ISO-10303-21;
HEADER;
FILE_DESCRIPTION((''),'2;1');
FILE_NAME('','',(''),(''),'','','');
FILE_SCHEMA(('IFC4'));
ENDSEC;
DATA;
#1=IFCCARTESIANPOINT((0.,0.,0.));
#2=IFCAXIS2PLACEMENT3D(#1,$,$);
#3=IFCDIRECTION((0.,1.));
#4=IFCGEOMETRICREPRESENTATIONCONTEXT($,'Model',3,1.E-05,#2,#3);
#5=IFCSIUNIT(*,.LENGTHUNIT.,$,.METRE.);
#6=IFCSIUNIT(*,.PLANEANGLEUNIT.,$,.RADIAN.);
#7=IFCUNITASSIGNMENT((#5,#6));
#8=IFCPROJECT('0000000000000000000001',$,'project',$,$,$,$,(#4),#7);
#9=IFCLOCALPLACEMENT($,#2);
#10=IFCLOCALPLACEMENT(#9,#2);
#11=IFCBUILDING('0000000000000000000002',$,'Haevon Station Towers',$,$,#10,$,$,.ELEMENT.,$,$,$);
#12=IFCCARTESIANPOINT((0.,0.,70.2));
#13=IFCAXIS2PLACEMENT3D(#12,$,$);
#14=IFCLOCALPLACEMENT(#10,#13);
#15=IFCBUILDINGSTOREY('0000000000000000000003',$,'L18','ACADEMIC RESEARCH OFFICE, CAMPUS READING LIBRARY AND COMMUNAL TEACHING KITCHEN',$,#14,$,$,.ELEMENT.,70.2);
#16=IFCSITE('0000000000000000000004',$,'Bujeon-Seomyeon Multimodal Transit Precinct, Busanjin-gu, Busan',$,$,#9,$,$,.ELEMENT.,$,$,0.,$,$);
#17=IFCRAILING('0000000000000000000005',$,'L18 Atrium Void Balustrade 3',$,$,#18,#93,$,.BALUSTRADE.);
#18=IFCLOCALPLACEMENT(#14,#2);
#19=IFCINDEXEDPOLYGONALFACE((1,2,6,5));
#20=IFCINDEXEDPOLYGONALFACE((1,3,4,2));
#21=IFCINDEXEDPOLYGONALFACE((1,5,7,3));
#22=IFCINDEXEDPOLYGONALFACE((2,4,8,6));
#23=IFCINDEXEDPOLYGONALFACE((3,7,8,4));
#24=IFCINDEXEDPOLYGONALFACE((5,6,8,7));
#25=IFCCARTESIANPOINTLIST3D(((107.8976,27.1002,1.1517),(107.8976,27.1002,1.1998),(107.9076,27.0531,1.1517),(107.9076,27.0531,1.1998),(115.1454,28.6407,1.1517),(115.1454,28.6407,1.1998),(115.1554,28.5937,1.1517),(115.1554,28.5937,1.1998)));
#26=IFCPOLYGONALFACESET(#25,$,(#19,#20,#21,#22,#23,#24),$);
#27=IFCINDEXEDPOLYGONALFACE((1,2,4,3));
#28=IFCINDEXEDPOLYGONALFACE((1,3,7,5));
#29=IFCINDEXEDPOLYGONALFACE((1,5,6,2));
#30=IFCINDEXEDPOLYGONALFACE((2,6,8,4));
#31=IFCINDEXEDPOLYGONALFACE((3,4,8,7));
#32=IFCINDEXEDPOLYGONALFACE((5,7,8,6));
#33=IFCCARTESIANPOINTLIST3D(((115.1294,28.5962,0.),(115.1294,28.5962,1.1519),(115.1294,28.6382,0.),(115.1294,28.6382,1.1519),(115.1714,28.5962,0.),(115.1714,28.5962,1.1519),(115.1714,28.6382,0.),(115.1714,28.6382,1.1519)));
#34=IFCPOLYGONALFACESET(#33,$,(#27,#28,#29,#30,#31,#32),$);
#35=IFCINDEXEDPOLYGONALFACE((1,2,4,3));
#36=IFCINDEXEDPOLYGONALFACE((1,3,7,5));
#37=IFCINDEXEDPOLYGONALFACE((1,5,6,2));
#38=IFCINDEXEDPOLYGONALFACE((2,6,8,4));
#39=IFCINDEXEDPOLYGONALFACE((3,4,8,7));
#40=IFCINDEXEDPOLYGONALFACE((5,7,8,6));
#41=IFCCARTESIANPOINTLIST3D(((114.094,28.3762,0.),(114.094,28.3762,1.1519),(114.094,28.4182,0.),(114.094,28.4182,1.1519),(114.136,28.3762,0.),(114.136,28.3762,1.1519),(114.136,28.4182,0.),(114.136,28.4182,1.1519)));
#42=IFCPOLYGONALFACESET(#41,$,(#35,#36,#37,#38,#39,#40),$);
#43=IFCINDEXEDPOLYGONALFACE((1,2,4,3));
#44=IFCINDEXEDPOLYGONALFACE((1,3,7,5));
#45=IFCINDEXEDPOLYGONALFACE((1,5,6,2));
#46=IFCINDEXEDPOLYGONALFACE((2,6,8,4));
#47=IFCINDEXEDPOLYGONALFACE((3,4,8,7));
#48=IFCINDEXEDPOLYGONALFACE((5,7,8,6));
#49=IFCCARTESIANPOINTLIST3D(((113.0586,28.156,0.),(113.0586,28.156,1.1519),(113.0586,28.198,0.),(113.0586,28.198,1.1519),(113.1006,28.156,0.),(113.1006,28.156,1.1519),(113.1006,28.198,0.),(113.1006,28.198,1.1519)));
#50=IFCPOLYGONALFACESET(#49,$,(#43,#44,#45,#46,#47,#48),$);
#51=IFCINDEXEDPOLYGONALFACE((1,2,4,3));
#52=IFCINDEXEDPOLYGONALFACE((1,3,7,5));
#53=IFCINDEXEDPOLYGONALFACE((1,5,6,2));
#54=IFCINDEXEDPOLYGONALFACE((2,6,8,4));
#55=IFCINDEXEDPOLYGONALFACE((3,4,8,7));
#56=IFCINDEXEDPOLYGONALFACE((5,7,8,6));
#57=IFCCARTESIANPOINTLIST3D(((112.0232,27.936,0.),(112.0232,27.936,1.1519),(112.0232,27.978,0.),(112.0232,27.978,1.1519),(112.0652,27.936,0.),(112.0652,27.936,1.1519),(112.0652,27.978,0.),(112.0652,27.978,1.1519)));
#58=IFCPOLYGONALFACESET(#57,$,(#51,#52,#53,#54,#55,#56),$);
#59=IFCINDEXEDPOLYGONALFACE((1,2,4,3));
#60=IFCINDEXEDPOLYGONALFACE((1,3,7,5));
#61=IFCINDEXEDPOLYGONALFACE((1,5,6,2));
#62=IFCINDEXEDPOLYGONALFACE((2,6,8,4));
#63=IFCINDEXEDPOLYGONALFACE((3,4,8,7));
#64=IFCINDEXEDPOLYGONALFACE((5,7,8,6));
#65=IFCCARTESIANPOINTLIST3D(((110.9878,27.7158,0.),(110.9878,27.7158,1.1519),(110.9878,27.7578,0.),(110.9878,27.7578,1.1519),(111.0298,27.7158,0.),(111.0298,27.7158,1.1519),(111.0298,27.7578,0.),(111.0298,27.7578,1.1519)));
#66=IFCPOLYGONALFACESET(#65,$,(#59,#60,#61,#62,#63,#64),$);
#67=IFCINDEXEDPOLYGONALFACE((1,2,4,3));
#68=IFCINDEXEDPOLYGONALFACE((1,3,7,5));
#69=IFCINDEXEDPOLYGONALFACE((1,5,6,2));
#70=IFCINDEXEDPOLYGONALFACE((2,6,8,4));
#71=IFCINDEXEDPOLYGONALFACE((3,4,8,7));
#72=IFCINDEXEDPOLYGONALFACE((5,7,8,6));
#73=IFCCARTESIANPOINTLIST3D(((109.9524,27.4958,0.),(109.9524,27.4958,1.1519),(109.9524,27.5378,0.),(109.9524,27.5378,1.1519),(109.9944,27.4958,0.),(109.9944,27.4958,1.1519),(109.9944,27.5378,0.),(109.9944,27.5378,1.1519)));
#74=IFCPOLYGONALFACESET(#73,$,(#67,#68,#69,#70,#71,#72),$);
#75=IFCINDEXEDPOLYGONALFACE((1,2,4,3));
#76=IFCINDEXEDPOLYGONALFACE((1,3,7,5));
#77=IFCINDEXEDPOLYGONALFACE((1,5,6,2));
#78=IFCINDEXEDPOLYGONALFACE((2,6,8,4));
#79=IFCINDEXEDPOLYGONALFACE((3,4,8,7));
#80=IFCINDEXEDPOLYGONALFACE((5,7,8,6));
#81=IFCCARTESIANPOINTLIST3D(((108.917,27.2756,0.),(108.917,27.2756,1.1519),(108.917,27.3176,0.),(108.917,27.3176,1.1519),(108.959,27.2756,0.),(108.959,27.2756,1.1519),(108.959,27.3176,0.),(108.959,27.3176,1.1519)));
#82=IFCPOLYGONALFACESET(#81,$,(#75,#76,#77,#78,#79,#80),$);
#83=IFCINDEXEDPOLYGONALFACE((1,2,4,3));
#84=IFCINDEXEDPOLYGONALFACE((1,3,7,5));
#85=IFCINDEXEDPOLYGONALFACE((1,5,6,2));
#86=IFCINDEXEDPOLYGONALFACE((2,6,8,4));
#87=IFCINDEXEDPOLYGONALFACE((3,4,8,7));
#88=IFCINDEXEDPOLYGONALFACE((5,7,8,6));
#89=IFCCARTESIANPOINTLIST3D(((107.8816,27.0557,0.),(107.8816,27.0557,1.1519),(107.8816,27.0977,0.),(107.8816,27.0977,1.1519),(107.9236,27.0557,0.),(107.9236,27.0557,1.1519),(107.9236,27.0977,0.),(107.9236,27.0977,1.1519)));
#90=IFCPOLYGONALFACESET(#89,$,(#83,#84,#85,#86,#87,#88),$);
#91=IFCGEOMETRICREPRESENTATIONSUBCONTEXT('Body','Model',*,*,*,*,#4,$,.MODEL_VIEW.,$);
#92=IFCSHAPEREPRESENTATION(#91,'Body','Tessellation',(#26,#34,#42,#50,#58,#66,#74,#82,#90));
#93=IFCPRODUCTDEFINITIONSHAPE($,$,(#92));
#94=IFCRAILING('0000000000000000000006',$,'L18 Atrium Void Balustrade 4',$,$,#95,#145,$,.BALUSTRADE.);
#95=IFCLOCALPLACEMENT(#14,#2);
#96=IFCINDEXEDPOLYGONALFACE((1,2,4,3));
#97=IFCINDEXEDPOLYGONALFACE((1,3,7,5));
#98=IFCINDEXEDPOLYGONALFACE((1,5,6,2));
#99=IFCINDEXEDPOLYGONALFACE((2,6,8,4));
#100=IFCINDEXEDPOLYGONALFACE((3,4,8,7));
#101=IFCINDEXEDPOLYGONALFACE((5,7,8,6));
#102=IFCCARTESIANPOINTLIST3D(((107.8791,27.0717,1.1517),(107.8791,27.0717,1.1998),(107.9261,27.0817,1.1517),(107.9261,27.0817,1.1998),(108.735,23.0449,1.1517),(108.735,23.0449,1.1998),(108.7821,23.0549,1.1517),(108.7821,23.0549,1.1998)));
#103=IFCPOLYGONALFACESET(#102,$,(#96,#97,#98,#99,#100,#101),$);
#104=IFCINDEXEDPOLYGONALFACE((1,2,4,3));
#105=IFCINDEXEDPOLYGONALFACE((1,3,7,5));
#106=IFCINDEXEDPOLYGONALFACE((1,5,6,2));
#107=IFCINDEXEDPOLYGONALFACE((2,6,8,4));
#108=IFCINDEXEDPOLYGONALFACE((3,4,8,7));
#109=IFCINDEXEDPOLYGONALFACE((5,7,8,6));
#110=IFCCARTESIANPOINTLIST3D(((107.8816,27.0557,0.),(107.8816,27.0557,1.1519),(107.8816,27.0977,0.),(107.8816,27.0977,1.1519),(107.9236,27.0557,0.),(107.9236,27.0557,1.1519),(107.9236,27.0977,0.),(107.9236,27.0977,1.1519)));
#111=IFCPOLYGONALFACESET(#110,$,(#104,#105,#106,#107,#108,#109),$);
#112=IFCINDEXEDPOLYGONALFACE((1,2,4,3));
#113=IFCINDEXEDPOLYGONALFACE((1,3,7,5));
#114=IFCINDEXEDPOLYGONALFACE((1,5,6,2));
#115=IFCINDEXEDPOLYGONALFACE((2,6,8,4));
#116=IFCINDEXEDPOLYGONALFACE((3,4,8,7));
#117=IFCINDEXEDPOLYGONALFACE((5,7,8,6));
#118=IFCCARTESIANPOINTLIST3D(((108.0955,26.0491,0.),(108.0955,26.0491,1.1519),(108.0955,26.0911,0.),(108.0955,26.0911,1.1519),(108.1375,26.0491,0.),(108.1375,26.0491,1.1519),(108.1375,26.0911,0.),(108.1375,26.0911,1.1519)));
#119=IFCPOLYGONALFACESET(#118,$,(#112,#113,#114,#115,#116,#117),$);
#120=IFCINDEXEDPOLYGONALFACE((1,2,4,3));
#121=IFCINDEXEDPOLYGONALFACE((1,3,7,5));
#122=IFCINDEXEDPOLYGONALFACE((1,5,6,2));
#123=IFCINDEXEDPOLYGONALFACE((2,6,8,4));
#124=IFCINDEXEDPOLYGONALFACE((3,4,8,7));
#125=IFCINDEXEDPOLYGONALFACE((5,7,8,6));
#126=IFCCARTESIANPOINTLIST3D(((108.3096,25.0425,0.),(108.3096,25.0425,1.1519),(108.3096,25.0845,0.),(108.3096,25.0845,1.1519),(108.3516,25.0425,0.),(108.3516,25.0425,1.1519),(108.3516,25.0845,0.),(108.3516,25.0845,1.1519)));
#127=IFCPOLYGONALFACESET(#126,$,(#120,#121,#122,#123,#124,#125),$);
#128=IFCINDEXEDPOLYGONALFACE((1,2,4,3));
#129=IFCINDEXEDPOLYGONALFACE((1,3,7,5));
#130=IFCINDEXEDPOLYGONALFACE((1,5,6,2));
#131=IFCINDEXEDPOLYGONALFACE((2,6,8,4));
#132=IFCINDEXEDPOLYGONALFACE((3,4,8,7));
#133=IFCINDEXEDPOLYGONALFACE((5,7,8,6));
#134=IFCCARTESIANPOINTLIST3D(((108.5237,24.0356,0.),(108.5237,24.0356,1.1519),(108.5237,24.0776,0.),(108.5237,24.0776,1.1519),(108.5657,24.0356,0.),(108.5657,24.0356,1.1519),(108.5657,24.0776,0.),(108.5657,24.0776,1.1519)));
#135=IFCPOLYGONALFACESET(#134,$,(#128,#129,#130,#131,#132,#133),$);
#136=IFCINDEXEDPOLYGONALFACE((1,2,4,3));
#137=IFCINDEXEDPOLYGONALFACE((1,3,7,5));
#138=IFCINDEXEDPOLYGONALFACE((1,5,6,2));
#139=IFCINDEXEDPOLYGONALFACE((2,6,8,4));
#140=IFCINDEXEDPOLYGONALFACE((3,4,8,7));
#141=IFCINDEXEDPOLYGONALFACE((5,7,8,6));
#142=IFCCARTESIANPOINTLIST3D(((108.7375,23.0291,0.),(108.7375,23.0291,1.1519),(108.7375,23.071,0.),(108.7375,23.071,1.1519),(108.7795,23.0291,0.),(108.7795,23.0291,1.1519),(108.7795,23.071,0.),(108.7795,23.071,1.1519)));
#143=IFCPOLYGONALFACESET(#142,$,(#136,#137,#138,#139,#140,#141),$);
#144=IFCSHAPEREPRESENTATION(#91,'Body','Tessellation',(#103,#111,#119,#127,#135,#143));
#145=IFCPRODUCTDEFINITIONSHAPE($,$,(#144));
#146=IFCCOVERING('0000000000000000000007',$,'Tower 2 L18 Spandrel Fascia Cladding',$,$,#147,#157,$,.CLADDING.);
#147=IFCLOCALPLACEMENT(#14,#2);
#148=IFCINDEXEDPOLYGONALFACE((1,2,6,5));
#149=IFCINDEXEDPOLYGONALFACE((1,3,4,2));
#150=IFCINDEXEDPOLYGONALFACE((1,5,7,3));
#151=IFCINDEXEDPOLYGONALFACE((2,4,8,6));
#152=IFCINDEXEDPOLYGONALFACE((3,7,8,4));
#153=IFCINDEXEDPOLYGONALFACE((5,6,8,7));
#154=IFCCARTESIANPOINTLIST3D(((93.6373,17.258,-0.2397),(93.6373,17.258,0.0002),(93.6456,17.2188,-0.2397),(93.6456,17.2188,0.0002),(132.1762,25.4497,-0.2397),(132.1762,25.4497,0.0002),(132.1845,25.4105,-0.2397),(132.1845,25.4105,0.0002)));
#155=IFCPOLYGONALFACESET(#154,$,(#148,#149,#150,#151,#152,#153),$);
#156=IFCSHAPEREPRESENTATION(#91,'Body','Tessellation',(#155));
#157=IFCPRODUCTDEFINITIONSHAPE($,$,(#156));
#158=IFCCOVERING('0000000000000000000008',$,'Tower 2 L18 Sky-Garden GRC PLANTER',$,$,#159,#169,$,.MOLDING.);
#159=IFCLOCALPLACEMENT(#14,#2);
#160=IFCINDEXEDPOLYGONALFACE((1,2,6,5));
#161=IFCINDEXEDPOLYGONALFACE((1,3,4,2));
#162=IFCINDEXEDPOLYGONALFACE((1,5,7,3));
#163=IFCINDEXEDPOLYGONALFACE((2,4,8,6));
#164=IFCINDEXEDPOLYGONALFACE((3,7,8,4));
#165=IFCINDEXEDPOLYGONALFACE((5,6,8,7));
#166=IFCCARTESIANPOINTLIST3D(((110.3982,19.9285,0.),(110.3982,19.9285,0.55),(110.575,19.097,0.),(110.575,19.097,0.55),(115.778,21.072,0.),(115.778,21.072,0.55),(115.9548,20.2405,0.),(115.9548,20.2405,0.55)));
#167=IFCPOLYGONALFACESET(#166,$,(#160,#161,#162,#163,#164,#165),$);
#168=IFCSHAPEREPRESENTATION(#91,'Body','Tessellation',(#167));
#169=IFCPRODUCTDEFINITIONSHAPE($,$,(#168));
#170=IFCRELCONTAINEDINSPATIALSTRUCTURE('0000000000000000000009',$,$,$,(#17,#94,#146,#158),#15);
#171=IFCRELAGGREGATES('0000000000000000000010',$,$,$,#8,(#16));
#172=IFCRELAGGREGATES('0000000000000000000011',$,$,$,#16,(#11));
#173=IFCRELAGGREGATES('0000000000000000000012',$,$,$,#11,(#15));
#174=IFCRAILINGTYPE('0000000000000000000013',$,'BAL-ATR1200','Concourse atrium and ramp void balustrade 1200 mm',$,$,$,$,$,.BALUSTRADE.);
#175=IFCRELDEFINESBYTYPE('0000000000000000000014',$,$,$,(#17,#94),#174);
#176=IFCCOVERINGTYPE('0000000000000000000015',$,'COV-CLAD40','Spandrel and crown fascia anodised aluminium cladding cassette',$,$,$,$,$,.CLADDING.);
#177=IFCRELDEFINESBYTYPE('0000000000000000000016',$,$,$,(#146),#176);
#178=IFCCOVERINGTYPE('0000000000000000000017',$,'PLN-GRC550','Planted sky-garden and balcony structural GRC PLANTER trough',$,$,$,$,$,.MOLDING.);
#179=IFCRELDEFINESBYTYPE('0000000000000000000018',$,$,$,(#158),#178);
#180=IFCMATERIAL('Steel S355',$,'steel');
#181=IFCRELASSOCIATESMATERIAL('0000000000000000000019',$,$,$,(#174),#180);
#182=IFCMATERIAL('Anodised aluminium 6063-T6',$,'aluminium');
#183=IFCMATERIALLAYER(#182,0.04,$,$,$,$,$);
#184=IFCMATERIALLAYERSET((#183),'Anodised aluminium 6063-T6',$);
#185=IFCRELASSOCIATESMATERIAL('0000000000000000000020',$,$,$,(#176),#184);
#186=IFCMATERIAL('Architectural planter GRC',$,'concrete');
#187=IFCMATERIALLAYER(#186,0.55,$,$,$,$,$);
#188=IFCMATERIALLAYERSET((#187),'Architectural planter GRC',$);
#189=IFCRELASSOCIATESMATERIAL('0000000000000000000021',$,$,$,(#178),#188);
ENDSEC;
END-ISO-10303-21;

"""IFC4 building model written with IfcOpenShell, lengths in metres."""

from ifc_helpers import new_model, si_unit, direction, frame, origin, origin_2d, place, context, subcontext, project, spatial, rectangle, extrude, material, layer, layer_set, type_object, element, save


model = new_model("IFC4")

# Units and contexts
model_context = context("Model", 3, precision=1e-05, world=origin(), true_north=direction((0.0, 1.0)))
body_context = subcontext(model_context, "Body", "Model", "MODEL_VIEW")
ifc_project = project(units=[si_unit("LENGTHUNIT", "METRE"), si_unit("PLANEANGLEUNIT", "RADIAN")], contexts=[model_context])

# Site, building, storey
site_placement = place(None, origin())
site = spatial("IfcSite", under=ifc_project, at=site_placement, Name="Bujeon-Seomyeon Multimodal Transit Precinct, Busanjin-gu, Busan", CompositionType="ELEMENT", RefElevation=0.0)
building_placement = place(site_placement, origin())
building = spatial("IfcBuilding", under=site, at=building_placement, Name="Haevon Station Towers", CompositionType="ELEMENT")
storey_placement = place(building_placement, frame((0.0, 0.0, 70.2)))
storey = spatial("IfcBuildingStorey", under=building, at=storey_placement, Name="L18", Description="ACADEMIC RESEARCH OFFICE, CAMPUS READING LIBRARY AND COMMUNAL TEACHING KITCHEN", CompositionType="ELEMENT", Elevation=70.2)

# Shared definitions
ifc_material_1 = material(Name="Steel S355", Category="steel")

# Railings
railing_type = type_object("IfcRailingType", Name="BAL-ATR1200", Description="Concourse atrium and ramp void balustrade 1200 mm", PredefinedType="BALUSTRADE", material=ifc_material_1)
railing_1_placement = place(storey_placement, frame((115.1504, 28.6172, 0.0)))
element("IfcRailing", 1, at=railing_1_placement, inside=storey, type_object=railing_type, Name="L18 Atrium Void Balustrade 3", PredefinedType="BALUSTRADE", context=body_context, shape_type="SweptSolid", body=[
    extrude(rectangle(XDim=0.0481, YDim=0.0481, at=origin_2d()), frame((0.0, 0.0, 1.1758), z_axis=(-0.978149, -0.207906, 0.0), x_axis=(0.207906, -0.978149, 0.0)), (0.0, 0.0, 1.0), 7.4097),
    extrude(rectangle(XDim=0.042, YDim=0.042, at=origin_2d()), origin(), (0.0, 0.0, 1.0), 1.1519),
    extrude(rectangle(XDim=0.042, YDim=0.042, at=origin_2d()), frame((-1.0354, -0.22, 0.0)), (0.0, 0.0, 1.0), 1.1519),
    extrude(rectangle(XDim=0.042, YDim=0.042, at=origin_2d()), frame((-2.0708, -0.4402, 0.0)), (0.0, 0.0, 1.0), 1.1519),
    extrude(rectangle(XDim=0.042, YDim=0.042, at=origin_2d()), frame((-3.1062, -0.6602, 0.0)), (0.0, 0.0, 1.0), 1.1519),
    extrude(rectangle(XDim=0.042, YDim=0.042, at=origin_2d()), frame((-4.1416, -0.8804, 0.0)), (0.0, 0.0, 1.0), 1.1519),
    extrude(rectangle(XDim=0.042, YDim=0.042, at=origin_2d()), frame((-5.177, -1.1003, 0.0)), (0.0, 0.0, 1.0), 1.1519),
    extrude(rectangle(XDim=0.042, YDim=0.042, at=origin_2d()), frame((-6.2124, -1.3206, 0.0)), (0.0, 0.0, 1.0), 1.1519),
    extrude(rectangle(XDim=0.042, YDim=0.042, at=origin_2d()), frame((-7.2478, -1.5405, 0.0)), (0.0, 0.0, 1.0), 1.1519),
])
railing_2_placement = place(storey_placement, frame((107.9026, 27.0767, 0.0)))
element("IfcRailing", 2, at=railing_2_placement, inside=storey, type_object=railing_type, Name="L18 Atrium Void Balustrade 4", PredefinedType="BALUSTRADE", context=body_context, shape_type="SweptSolid", body=[
    extrude(rectangle(XDim=0.0481, YDim=0.0481, at=origin_2d()), frame((0.0, 0.0, 1.1758), z_axis=(0.207929, -0.978144, 0.0), x_axis=(0.978144, 0.207929, 0.0)), (0.0, 0.0, 1.0), 4.1167),
    extrude(rectangle(XDim=0.042, YDim=0.042, at=origin_2d()), origin(), (0.0, 0.0, 1.0), 1.1519),
    extrude(rectangle(XDim=0.042, YDim=0.042, at=origin_2d()), frame((0.2139, -1.0066, 0.0)), (0.0, 0.0, 1.0), 1.1519),
    extrude(rectangle(XDim=0.042, YDim=0.042, at=origin_2d()), frame((0.428, -2.0132, 0.0)), (0.0, 0.0, 1.0), 1.1519),
    extrude(rectangle(XDim=0.042, YDim=0.042, at=origin_2d()), frame((0.6421, -3.02, 0.0)), (0.0, 0.0, 1.0), 1.1519),
    extrude(rectangle(XDim=0.042, YDim=0.042, at=origin_2d()), frame((0.856, -4.0266, 0.0)), (0.0, 0.0, 1.0), 1.1519),
])

# Coverings
ifc_material_2 = material(Name="Anodised aluminium 6063-T6", Category="aluminium")
ifc_layer_1 = layer(ifc_material_2, 0.04)
ifc_layer_set_1 = layer_set([ifc_layer_1], Name="Anodised aluminium 6063-T6")
covering_type_1 = type_object("IfcCoveringType", Name="COV-CLAD40", Description="Spandrel and crown fascia anodised aluminium cladding cassette", PredefinedType="CLADDING", material=ifc_layer_set_1)
covering_1_placement = place(storey_placement, frame((112.9109, 21.3342, -0.2397), z_axis=(0.0, 0.0, 1.0), x_axis=(0.978148, 0.207912, 0.0)))
element("IfcCovering", 3, at=covering_1_placement, inside=storey, type_object=covering_type_1, Name="Tower 2 L18 Spandrel Fascia Cladding", PredefinedType="CLADDING", context=body_context, shape_type="SweptSolid", body=[
    extrude(rectangle(XDim=39.3999, YDim=0.04, at=origin_2d()), origin(), (0.0, 0.0, 1.0), 0.24),
])
ifc_material_3 = material(Name="Architectural planter GRC", Category="concrete")
ifc_layer_2 = layer(ifc_material_3, 0.55)
ifc_layer_set_2 = layer_set([ifc_layer_2], Name="Architectural planter GRC")
covering_type_2 = type_object("IfcCoveringType", Name="PLN-GRC550", Description="Planted sky-garden and balcony structural GRC PLANTER trough", PredefinedType="MOLDING", material=ifc_layer_set_2)
covering_2_placement = place(storey_placement, frame((113.1765, 20.0845, 0.0), z_axis=(0.0, 0.0, 1.0), x_axis=(0.978148, 0.207912, 0.0)))
element("IfcCovering", 4, at=covering_2_placement, inside=storey, type_object=covering_type_2, Name="Tower 2 L18 Sky-Garden GRC PLANTER", PredefinedType="MOLDING", context=body_context, shape_type="SweptSolid", body=[
    extrude(rectangle(XDim=5.5, YDim=0.8501, at=origin_2d()), origin(), (0.0, 0.0, 1.0), 0.55),
])

save(model, "model.ifc")
